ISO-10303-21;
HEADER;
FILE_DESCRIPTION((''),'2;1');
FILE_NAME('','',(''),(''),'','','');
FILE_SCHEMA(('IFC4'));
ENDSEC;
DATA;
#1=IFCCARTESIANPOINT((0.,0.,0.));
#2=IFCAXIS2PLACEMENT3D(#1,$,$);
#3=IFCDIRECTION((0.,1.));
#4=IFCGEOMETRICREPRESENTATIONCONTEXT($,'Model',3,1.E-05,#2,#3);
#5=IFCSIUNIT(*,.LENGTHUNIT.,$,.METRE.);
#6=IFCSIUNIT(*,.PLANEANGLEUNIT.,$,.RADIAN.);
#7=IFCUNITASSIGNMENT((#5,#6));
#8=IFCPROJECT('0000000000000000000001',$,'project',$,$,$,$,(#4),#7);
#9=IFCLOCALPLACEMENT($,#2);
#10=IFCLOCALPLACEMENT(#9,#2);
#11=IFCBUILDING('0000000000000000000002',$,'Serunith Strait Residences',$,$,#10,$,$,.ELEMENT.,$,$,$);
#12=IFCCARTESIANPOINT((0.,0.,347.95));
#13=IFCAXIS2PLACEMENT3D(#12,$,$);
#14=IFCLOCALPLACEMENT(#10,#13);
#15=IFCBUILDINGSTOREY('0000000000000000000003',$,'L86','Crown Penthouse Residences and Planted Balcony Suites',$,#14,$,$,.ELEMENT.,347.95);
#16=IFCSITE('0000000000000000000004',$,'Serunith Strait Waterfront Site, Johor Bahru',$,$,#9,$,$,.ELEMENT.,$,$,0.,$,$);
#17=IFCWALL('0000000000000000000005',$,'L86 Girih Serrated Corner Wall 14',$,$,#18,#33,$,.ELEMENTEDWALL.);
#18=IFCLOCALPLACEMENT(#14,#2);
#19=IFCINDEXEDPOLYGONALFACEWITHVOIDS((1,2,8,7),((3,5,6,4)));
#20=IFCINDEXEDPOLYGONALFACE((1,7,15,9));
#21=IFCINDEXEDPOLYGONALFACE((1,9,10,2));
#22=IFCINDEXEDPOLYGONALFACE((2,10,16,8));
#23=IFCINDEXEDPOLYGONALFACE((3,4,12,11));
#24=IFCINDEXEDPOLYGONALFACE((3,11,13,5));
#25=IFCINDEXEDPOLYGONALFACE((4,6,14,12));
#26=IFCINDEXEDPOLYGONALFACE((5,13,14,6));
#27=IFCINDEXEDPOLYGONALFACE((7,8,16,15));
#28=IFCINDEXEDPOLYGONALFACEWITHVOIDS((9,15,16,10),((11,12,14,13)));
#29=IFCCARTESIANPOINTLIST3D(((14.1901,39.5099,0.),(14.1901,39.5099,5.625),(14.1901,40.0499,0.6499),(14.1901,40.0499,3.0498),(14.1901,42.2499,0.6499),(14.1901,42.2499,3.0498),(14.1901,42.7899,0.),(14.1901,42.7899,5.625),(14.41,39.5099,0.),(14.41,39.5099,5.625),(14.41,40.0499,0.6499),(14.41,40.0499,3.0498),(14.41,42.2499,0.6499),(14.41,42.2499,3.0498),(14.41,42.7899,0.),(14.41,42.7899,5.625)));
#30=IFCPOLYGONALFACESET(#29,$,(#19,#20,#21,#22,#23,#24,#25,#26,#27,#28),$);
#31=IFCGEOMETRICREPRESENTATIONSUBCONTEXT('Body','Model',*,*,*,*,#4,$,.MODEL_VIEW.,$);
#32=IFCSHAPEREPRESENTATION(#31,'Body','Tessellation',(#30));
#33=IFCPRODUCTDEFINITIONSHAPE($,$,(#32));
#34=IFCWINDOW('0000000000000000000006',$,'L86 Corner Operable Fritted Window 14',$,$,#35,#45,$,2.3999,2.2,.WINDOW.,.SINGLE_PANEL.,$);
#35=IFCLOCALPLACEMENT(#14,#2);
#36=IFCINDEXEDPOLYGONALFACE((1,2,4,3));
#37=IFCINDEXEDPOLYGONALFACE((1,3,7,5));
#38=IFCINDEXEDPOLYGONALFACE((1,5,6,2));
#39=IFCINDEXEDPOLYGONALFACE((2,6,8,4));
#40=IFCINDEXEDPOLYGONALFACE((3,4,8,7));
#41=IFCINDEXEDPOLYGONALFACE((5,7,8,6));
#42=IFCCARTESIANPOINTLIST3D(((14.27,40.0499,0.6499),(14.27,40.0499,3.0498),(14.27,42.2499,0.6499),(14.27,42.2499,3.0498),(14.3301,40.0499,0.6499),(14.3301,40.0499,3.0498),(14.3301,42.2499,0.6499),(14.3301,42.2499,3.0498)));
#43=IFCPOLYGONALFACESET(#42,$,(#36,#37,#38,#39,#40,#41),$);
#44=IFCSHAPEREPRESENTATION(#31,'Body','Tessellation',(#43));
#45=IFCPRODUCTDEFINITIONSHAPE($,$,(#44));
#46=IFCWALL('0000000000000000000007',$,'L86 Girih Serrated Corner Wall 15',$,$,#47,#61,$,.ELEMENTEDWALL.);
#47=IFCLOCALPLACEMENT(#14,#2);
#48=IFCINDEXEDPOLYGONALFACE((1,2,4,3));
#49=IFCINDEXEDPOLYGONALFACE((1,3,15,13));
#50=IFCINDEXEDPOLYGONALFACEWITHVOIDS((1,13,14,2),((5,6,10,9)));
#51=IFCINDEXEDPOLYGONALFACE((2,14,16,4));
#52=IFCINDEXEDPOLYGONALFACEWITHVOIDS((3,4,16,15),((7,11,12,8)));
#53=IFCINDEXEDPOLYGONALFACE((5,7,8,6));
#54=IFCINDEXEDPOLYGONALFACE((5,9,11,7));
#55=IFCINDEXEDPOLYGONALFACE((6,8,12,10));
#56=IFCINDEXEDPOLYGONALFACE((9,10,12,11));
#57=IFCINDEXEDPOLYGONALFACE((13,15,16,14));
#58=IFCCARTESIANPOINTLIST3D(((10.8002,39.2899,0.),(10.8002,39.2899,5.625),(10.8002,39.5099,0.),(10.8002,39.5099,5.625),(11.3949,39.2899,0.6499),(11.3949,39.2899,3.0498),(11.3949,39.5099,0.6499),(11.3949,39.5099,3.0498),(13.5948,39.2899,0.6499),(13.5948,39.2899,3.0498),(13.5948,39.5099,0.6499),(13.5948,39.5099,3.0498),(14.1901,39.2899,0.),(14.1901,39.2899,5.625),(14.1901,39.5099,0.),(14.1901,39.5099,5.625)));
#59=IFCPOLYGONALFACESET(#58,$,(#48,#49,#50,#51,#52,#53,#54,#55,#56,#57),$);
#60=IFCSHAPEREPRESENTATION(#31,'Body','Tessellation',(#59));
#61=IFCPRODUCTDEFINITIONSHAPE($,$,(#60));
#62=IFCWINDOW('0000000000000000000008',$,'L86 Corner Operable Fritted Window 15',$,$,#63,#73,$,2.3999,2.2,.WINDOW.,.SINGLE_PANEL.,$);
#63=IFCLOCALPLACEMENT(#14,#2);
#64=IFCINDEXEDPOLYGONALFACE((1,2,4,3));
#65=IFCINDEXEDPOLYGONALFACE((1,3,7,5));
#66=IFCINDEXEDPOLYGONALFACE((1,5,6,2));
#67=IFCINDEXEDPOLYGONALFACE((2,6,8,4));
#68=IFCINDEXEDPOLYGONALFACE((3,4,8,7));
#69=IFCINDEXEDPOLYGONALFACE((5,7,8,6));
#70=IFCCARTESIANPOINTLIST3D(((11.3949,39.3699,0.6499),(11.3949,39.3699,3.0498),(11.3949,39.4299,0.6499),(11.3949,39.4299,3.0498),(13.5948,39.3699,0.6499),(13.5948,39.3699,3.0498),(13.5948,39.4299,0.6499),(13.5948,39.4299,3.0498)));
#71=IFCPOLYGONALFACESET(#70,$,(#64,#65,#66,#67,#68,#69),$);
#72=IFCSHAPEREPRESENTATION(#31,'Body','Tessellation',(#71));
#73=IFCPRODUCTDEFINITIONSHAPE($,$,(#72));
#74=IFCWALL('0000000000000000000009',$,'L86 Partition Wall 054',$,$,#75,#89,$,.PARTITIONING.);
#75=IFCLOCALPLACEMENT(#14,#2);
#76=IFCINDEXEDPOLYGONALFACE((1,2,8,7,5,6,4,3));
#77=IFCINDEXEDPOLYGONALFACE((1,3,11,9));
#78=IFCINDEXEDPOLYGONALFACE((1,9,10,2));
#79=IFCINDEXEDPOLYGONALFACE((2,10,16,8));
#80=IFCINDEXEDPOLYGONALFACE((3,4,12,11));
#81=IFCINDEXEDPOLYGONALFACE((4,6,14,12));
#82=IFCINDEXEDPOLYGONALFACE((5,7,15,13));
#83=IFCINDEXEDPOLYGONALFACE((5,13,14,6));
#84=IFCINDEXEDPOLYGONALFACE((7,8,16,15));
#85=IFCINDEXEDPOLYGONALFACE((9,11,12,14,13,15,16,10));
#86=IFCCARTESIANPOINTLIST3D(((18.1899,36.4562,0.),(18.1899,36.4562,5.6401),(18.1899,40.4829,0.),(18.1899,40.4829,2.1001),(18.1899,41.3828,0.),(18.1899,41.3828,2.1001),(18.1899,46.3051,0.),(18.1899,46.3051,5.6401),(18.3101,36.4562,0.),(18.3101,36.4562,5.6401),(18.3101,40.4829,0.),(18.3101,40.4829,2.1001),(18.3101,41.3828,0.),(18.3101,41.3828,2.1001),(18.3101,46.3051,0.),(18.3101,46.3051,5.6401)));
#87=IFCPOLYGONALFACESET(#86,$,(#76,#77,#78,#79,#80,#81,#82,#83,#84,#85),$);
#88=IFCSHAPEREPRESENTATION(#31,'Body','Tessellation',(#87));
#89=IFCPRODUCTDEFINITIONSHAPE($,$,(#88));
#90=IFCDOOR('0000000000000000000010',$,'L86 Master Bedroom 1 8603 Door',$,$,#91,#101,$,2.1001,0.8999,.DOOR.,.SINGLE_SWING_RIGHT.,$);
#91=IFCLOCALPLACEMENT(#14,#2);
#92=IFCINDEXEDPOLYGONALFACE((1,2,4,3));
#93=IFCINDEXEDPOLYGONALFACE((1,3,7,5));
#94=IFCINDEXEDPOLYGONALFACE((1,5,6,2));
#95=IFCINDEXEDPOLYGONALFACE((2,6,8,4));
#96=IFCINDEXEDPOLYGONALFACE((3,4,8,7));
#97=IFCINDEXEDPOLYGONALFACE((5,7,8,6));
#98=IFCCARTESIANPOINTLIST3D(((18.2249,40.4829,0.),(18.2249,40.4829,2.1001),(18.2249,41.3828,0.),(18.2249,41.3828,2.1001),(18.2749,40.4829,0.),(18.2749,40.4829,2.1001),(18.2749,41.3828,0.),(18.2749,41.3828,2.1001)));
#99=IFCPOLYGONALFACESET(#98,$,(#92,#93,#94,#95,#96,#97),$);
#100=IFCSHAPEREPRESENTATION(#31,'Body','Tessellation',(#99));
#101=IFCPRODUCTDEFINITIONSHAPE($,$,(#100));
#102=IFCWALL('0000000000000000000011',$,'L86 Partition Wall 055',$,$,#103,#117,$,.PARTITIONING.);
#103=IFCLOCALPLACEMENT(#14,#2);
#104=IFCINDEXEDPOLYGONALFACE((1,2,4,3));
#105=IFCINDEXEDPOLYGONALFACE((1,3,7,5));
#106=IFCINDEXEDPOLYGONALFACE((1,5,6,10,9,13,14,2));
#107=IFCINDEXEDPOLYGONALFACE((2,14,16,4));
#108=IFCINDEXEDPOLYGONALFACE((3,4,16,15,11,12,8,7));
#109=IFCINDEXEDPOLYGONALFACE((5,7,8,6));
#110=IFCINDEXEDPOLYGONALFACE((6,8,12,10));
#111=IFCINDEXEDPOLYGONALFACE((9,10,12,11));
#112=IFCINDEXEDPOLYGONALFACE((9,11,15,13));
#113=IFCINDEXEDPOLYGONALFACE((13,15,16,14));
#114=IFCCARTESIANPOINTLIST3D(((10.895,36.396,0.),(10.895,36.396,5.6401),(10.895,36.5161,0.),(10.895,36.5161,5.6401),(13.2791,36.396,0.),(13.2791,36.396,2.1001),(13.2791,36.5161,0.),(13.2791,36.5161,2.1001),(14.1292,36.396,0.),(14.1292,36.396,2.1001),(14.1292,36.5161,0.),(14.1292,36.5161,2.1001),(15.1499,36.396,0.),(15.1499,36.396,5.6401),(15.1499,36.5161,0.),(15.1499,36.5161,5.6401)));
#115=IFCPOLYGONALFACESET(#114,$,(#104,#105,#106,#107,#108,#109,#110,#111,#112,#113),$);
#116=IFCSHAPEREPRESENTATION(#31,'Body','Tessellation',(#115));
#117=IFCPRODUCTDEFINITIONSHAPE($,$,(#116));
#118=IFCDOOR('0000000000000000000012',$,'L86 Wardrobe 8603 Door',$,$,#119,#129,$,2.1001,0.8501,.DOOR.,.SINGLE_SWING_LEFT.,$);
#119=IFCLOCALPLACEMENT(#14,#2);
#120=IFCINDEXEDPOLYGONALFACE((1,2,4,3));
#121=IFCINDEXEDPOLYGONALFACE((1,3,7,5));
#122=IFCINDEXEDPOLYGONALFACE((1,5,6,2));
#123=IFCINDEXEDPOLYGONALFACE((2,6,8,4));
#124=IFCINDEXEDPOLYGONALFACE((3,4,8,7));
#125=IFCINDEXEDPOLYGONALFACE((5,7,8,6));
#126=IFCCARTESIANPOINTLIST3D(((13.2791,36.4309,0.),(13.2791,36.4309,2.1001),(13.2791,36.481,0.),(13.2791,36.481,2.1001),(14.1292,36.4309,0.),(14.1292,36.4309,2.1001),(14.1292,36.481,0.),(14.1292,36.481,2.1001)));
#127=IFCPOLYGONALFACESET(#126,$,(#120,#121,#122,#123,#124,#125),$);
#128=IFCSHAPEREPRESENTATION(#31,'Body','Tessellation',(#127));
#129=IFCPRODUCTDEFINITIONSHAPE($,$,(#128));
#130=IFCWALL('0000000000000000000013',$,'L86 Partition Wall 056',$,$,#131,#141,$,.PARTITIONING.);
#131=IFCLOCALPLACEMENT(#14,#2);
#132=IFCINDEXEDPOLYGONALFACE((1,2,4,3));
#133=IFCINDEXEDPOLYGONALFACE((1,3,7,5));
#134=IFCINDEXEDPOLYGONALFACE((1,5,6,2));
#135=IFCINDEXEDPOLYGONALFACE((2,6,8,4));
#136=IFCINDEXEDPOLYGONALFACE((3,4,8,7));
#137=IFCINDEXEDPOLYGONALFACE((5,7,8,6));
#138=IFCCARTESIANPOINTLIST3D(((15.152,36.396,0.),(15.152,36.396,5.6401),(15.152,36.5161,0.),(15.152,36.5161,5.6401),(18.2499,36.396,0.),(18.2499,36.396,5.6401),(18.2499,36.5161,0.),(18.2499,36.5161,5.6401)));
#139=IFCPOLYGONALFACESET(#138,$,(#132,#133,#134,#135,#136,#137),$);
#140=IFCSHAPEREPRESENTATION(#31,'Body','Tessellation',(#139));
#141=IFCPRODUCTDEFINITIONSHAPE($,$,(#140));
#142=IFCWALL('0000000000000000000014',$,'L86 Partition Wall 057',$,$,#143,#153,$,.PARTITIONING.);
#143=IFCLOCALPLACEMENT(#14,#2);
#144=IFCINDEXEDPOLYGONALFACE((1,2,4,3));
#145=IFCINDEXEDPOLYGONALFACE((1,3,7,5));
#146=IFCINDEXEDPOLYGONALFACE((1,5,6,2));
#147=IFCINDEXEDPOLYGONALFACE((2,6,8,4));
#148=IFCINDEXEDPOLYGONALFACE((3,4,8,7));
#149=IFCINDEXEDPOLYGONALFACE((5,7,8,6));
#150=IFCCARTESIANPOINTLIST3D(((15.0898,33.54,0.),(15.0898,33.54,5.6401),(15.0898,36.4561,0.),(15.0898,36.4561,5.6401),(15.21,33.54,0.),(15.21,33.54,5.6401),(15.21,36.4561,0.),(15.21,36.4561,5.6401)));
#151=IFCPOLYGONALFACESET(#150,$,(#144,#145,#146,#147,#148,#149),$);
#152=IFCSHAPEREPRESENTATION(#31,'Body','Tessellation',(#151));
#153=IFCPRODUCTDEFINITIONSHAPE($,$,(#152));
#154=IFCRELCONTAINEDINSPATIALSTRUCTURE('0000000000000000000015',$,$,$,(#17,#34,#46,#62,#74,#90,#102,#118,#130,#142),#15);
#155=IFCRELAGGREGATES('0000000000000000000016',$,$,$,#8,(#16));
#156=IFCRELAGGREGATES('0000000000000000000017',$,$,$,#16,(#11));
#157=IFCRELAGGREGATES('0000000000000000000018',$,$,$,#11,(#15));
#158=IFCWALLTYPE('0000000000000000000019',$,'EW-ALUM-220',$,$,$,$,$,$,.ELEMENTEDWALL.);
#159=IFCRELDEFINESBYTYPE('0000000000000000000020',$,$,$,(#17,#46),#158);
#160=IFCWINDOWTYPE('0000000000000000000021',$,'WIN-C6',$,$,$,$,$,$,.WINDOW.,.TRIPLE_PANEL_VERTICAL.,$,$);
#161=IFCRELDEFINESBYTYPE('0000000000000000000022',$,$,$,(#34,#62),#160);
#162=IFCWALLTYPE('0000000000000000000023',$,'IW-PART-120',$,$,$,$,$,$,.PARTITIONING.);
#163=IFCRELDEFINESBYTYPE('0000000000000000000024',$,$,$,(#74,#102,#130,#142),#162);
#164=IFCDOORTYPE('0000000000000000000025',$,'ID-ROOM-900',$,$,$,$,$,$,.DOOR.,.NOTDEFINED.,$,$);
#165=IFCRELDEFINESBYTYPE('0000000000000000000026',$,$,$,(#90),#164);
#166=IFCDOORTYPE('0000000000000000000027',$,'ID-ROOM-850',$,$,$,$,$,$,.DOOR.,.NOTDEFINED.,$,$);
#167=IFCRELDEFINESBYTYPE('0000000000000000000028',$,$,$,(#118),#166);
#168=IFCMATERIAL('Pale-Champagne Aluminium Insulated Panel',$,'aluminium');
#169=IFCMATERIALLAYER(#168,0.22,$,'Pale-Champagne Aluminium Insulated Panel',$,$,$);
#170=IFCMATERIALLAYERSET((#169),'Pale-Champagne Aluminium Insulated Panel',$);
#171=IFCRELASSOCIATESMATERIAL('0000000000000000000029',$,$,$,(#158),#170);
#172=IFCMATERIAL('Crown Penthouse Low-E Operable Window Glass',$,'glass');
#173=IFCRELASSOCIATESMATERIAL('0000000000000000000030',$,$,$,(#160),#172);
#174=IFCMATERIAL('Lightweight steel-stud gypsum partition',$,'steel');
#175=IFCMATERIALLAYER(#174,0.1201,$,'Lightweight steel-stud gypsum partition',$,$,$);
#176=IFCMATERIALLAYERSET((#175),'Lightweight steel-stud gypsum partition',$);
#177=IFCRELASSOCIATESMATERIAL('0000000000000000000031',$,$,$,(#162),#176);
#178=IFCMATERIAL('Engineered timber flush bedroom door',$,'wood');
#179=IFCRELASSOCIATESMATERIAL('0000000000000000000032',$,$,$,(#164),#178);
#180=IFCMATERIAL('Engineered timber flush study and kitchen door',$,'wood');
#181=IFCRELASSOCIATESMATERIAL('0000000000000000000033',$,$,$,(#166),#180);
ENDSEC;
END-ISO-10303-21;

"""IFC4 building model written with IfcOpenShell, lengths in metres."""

from ifc_helpers import new_model, si_unit, direction, frame, frame_2d, origin, place, context, subcontext, project, spatial, rectangle, extrude, source, transform, mapped, material, layer, layer_set, type_object, element, fill, save


model = new_model("IFC4")

# Units and contexts
model_context = context("Model", 3, precision=1e-05, world=origin(), true_north=direction((0.0, 1.0)))
body_context = subcontext(model_context, "Body", "Model", "MODEL_VIEW")
ifc_project = project(units=[si_unit("LENGTHUNIT", "METRE"), si_unit("PLANEANGLEUNIT", "RADIAN")], contexts=[model_context])

# Site, building, storey
site_placement = place(None, origin())
site = spatial("IfcSite", under=ifc_project, at=site_placement, Name="Serunith Strait Waterfront Site, Johor Bahru", CompositionType="ELEMENT", RefElevation=0.0)
building_placement = place(site_placement, origin())
building = spatial("IfcBuilding", under=site, at=building_placement, Name="Serunith Strait Residences", CompositionType="ELEMENT")
storey_placement = place(building_placement, frame((0.0, 0.0, 347.95)))
storey = spatial("IfcBuildingStorey", under=building, at=storey_placement, Name="L86", Description="Crown Penthouse Residences and Planted Balcony Suites", CompositionType="ELEMENT", Elevation=347.95)

# Shared definitions
ifc_material_1 = material(Name="Pale-Champagne Aluminium Insulated Panel", Category="aluminium")
ifc_layer_1 = layer(ifc_material_1, 0.22, Name="Pale-Champagne Aluminium Insulated Panel")
ifc_layer_set_1 = layer_set([ifc_layer_1], Name="Pale-Champagne Aluminium Insulated Panel")
wall_type_1 = type_object("IfcWallType", Name="EW-ALUM-220", PredefinedType="ELEMENTEDWALL", material=ifc_layer_set_1)

# Walls, openings, windows
ifc_material_2 = material(Name="Crown Penthouse Low-E Operable Window Glass", Category="glass")
window_type = type_object("IfcWindowType", Name="WIN-C6", PartitioningType="TRIPLE_PANEL_VERTICAL", PredefinedType="WINDOW", material=ifc_material_2)
shared_shape_1 = source(origin(), body_context, "Body", "SweptSolid", [
    extrude(rectangle(XDim=2.2, YDim=2.3999, at=frame_2d((1.1001, 1.2))), frame((0.0, 0.03, 0.0), z_axis=(0.0, -1.0, 0.0), x_axis=(1.0, 0.0, 0.0)), (0.0, 0.0, 1.0), 0.0601),
])
wall_1_placement = place(storey_placement, frame((14.3, 42.79, 0.0), z_axis=(0.0, 0.0, 1.0), x_axis=(0.0, -1.0, 0.0)))
wall_1 = element("IfcWall", 1, at=wall_1_placement, inside=storey, type_object=wall_type_1, Name="L86 Girih Serrated Corner Wall 14", PredefinedType="ELEMENTEDWALL", context=body_context, shape_type="SweptSolid", body=[
    extrude(rectangle(XDim=3.28, YDim=0.22, at=frame_2d((1.6401, 0.0))), origin(), (0.0, 0.0, 1.0), 5.625),
])
opening_1_placement = place(wall_1_placement, frame((0.54, 0.0, 0.6499)))
opening_1 = element("IfcOpeningElement", 2, at=opening_1_placement, cuts=wall_1, PredefinedType="OPENING", context=body_context, shape_type="SweptSolid", body=[
    extrude(rectangle(XDim=2.2, YDim=2.3999, at=frame_2d((1.1001, 1.2))), frame((0.0, 0.1201, 0.0), z_axis=(0.0, -1.0, 0.0), x_axis=(1.0, 0.0, 0.0)), (0.0, 0.0, 1.0), 0.24),
])
window_1_placement = place(opening_1_placement, origin())
window_1 = element("IfcWindow", 3, at=window_1_placement, inside=storey, type_object=window_type, Name="L86 Corner Operable Fritted Window 14", OverallHeight=2.3999, OverallWidth=2.2, PartitioningType="SINGLE_PANEL", PredefinedType="WINDOW", context=body_context, shape_type="MappedRepresentation", body=[
    mapped(shared_shape_1, transform((0.0, 0.0, 0.0), scale=1.0)),
])
fill(opening_1, window_1)
wall_2_placement = place(storey_placement, frame((14.1899, 39.3999, 0.0), z_axis=(0.0, 0.0, 1.0), x_axis=(-1.0, 0.0, 0.0)))
wall_2 = element("IfcWall", 4, at=wall_2_placement, inside=storey, type_object=wall_type_1, Name="L86 Girih Serrated Corner Wall 15", PredefinedType="ELEMENTEDWALL", context=body_context, shape_type="SweptSolid", body=[
    extrude(rectangle(XDim=3.3899, YDim=0.22, at=frame_2d((1.6948, 0.0))), origin(), (0.0, 0.0, 1.0), 5.625),
])
opening_2_placement = place(wall_2_placement, frame((0.595, 0.0, 0.6499)))
opening_2 = element("IfcOpeningElement", 5, at=opening_2_placement, cuts=wall_2, PredefinedType="OPENING", context=body_context, shape_type="SweptSolid", body=[
    extrude(rectangle(XDim=2.2, YDim=2.3999, at=frame_2d((1.1001, 1.2))), frame((0.0, 0.1201, 0.0), z_axis=(0.0, -1.0, 0.0), x_axis=(1.0, 0.0, 0.0)), (0.0, 0.0, 1.0), 0.24),
])
window_2_placement = place(opening_2_placement, origin())
window_2 = element("IfcWindow", 6, at=window_2_placement, inside=storey, type_object=window_type, Name="L86 Corner Operable Fritted Window 15", OverallHeight=2.3999, OverallWidth=2.2, PartitioningType="SINGLE_PANEL", PredefinedType="WINDOW", context=body_context, shape_type="MappedRepresentation", body=[
    mapped(shared_shape_1, transform((0.0, 0.0, 0.0), scale=1.0)),
])
fill(opening_2, window_2)

# Walls, openings, doors
ifc_material_3 = material(Name="Lightweight steel-stud gypsum partition", Category="steel")
ifc_layer_2 = layer(ifc_material_3, 0.1201, Name="Lightweight steel-stud gypsum partition")
ifc_layer_set_2 = layer_set([ifc_layer_2], Name="Lightweight steel-stud gypsum partition")
wall_type_2 = type_object("IfcWallType", Name="IW-PART-120", PredefinedType="PARTITIONING", material=ifc_layer_set_2)
wall_3_placement = place(storey_placement, frame((18.25, 46.3049, 0.0), z_axis=(0.0, 0.0, 1.0), x_axis=(0.0, -1.0, 0.0)))
wall_3 = element("IfcWall", 7, at=wall_3_placement, inside=storey, type_object=wall_type_2, Name="L86 Partition Wall 054", PredefinedType="PARTITIONING", context=body_context, shape_type="SweptSolid", body=[
    extrude(rectangle(XDim=9.8489, YDim=0.1201, at=frame_2d((4.9243, 0.0))), origin(), (0.0, 0.0, 1.0), 5.6401),
])
opening_3_placement = place(wall_3_placement, frame((4.9221, 0.0, 0.0)))
opening_3 = element("IfcOpeningElement", 8, at=opening_3_placement, cuts=wall_3, PredefinedType="OPENING", context=body_context, shape_type="SweptSolid", body=[
    extrude(rectangle(XDim=0.8999, YDim=2.1001, at=frame_2d((0.45, 1.05))), frame((0.0, 0.0701, 0.0), z_axis=(0.0, -1.0, 0.0), x_axis=(1.0, 0.0, 0.0)), (0.0, 0.0, 1.0), 0.1401),
])
ifc_material_4 = material(Name="Engineered timber flush bedroom door", Category="wood")
door_type_1 = type_object("IfcDoorType", Name="ID-ROOM-900", OperationType="NOTDEFINED", PredefinedType="DOOR", material=ifc_material_4)
shared_shape_2 = source(origin(), body_context, "Body", "SweptSolid", [
    extrude(rectangle(XDim=0.8999, YDim=2.1001, at=frame_2d((0.45, 1.05))), frame((0.0, 0.0249, 0.0), z_axis=(0.0, -1.0, 0.0), x_axis=(1.0, 0.0, 0.0)), (0.0, 0.0, 1.0), 0.05),
])
door_1_placement = place(opening_3_placement, origin())
door_1 = element("IfcDoor", 9, at=door_1_placement, inside=storey, type_object=door_type_1, Name="L86 Master Bedroom 1 8603 Door", OperationType="SINGLE_SWING_RIGHT", OverallHeight=2.1001, OverallWidth=0.8999, PredefinedType="DOOR", context=body_context, shape_type="MappedRepresentation", body=[
    mapped(shared_shape_2, transform((0.0, 0.0, 0.0), scale=1.0)),
])
fill(opening_3, door_1)
wall_4_placement = place(storey_placement, frame((10.895, 36.4561, 0.0), z_axis=(0.0, 0.0, 1.0), x_axis=(1.0, 0.0, 0.0)))
wall_4 = element("IfcWall", 10, at=wall_4_placement, inside=storey, type_object=wall_type_2, Name="L86 Partition Wall 055", PredefinedType="PARTITIONING", context=body_context, shape_type="SweptSolid", body=[
    extrude(rectangle(XDim=4.2549, YDim=0.1201, at=frame_2d((2.1274, 0.0))), origin(), (0.0, 0.0, 1.0), 5.6401),
])
opening_4_placement = place(wall_4_placement, frame((2.384, 0.0, 0.0)))
opening_4 = element("IfcOpeningElement", 11, at=opening_4_placement, cuts=wall_4, PredefinedType="OPENING", context=body_context, shape_type="SweptSolid", body=[
    extrude(rectangle(XDim=0.8501, YDim=2.1001, at=frame_2d((0.425, 1.05))), frame((0.0, 0.0701, 0.0), z_axis=(0.0, -1.0, 0.0), x_axis=(1.0, 0.0, 0.0)), (0.0, 0.0, 1.0), 0.1401),
])
ifc_material_5 = material(Name="Engineered timber flush study and kitchen door", Category="wood")
door_type_2 = type_object("IfcDoorType", Name="ID-ROOM-850", OperationType="NOTDEFINED", PredefinedType="DOOR", material=ifc_material_5)
shared_shape_3 = source(origin(), body_context, "Body", "SweptSolid", [
    extrude(rectangle(XDim=0.8501, YDim=2.1001, at=frame_2d((0.425, 1.05))), frame((0.0, 0.0249, 0.0), z_axis=(0.0, -1.0, 0.0), x_axis=(1.0, 0.0, 0.0)), (0.0, 0.0, 1.0), 0.05),
])
door_2_placement = place(opening_4_placement, origin())
door_2 = element("IfcDoor", 12, at=door_2_placement, inside=storey, type_object=door_type_2, Name="L86 Wardrobe 8603 Door", OperationType="SINGLE_SWING_LEFT", OverallHeight=2.1001, OverallWidth=0.8501, PredefinedType="DOOR", context=body_context, shape_type="MappedRepresentation", body=[
    mapped(shared_shape_3, transform((0.0, 0.0, 0.0), scale=1.0)),
])
fill(opening_4, door_2)

# Walls
wall_5_placement = place(storey_placement, frame((15.1521, 36.4561, 0.0), z_axis=(0.0, 0.0, 1.0), x_axis=(1.0, 0.0, 0.0)))
element("IfcWall", 13, at=wall_5_placement, inside=storey, type_object=wall_type_2, Name="L86 Partition Wall 056", PredefinedType="PARTITIONING", context=body_context, shape_type="SweptSolid", body=[
    extrude(rectangle(XDim=3.0979, YDim=0.1201, at=frame_2d((1.5488, 0.0))), origin(), (0.0, 0.0, 1.0), 5.6401),
])
wall_6_placement = place(storey_placement, frame((15.1499, 36.4561, 0.0), z_axis=(0.0, 0.0, 1.0), x_axis=(0.0, -1.0, 0.0)))
element("IfcWall", 14, at=wall_6_placement, inside=storey, type_object=wall_type_2, Name="L86 Partition Wall 057", PredefinedType="PARTITIONING", context=body_context, shape_type="SweptSolid", body=[
    extrude(rectangle(XDim=2.916, YDim=0.1201, at=frame_2d((1.458, 0.0))), origin(), (0.0, 0.0, 1.0), 5.6401),
])

save(model, "model.ifc")
